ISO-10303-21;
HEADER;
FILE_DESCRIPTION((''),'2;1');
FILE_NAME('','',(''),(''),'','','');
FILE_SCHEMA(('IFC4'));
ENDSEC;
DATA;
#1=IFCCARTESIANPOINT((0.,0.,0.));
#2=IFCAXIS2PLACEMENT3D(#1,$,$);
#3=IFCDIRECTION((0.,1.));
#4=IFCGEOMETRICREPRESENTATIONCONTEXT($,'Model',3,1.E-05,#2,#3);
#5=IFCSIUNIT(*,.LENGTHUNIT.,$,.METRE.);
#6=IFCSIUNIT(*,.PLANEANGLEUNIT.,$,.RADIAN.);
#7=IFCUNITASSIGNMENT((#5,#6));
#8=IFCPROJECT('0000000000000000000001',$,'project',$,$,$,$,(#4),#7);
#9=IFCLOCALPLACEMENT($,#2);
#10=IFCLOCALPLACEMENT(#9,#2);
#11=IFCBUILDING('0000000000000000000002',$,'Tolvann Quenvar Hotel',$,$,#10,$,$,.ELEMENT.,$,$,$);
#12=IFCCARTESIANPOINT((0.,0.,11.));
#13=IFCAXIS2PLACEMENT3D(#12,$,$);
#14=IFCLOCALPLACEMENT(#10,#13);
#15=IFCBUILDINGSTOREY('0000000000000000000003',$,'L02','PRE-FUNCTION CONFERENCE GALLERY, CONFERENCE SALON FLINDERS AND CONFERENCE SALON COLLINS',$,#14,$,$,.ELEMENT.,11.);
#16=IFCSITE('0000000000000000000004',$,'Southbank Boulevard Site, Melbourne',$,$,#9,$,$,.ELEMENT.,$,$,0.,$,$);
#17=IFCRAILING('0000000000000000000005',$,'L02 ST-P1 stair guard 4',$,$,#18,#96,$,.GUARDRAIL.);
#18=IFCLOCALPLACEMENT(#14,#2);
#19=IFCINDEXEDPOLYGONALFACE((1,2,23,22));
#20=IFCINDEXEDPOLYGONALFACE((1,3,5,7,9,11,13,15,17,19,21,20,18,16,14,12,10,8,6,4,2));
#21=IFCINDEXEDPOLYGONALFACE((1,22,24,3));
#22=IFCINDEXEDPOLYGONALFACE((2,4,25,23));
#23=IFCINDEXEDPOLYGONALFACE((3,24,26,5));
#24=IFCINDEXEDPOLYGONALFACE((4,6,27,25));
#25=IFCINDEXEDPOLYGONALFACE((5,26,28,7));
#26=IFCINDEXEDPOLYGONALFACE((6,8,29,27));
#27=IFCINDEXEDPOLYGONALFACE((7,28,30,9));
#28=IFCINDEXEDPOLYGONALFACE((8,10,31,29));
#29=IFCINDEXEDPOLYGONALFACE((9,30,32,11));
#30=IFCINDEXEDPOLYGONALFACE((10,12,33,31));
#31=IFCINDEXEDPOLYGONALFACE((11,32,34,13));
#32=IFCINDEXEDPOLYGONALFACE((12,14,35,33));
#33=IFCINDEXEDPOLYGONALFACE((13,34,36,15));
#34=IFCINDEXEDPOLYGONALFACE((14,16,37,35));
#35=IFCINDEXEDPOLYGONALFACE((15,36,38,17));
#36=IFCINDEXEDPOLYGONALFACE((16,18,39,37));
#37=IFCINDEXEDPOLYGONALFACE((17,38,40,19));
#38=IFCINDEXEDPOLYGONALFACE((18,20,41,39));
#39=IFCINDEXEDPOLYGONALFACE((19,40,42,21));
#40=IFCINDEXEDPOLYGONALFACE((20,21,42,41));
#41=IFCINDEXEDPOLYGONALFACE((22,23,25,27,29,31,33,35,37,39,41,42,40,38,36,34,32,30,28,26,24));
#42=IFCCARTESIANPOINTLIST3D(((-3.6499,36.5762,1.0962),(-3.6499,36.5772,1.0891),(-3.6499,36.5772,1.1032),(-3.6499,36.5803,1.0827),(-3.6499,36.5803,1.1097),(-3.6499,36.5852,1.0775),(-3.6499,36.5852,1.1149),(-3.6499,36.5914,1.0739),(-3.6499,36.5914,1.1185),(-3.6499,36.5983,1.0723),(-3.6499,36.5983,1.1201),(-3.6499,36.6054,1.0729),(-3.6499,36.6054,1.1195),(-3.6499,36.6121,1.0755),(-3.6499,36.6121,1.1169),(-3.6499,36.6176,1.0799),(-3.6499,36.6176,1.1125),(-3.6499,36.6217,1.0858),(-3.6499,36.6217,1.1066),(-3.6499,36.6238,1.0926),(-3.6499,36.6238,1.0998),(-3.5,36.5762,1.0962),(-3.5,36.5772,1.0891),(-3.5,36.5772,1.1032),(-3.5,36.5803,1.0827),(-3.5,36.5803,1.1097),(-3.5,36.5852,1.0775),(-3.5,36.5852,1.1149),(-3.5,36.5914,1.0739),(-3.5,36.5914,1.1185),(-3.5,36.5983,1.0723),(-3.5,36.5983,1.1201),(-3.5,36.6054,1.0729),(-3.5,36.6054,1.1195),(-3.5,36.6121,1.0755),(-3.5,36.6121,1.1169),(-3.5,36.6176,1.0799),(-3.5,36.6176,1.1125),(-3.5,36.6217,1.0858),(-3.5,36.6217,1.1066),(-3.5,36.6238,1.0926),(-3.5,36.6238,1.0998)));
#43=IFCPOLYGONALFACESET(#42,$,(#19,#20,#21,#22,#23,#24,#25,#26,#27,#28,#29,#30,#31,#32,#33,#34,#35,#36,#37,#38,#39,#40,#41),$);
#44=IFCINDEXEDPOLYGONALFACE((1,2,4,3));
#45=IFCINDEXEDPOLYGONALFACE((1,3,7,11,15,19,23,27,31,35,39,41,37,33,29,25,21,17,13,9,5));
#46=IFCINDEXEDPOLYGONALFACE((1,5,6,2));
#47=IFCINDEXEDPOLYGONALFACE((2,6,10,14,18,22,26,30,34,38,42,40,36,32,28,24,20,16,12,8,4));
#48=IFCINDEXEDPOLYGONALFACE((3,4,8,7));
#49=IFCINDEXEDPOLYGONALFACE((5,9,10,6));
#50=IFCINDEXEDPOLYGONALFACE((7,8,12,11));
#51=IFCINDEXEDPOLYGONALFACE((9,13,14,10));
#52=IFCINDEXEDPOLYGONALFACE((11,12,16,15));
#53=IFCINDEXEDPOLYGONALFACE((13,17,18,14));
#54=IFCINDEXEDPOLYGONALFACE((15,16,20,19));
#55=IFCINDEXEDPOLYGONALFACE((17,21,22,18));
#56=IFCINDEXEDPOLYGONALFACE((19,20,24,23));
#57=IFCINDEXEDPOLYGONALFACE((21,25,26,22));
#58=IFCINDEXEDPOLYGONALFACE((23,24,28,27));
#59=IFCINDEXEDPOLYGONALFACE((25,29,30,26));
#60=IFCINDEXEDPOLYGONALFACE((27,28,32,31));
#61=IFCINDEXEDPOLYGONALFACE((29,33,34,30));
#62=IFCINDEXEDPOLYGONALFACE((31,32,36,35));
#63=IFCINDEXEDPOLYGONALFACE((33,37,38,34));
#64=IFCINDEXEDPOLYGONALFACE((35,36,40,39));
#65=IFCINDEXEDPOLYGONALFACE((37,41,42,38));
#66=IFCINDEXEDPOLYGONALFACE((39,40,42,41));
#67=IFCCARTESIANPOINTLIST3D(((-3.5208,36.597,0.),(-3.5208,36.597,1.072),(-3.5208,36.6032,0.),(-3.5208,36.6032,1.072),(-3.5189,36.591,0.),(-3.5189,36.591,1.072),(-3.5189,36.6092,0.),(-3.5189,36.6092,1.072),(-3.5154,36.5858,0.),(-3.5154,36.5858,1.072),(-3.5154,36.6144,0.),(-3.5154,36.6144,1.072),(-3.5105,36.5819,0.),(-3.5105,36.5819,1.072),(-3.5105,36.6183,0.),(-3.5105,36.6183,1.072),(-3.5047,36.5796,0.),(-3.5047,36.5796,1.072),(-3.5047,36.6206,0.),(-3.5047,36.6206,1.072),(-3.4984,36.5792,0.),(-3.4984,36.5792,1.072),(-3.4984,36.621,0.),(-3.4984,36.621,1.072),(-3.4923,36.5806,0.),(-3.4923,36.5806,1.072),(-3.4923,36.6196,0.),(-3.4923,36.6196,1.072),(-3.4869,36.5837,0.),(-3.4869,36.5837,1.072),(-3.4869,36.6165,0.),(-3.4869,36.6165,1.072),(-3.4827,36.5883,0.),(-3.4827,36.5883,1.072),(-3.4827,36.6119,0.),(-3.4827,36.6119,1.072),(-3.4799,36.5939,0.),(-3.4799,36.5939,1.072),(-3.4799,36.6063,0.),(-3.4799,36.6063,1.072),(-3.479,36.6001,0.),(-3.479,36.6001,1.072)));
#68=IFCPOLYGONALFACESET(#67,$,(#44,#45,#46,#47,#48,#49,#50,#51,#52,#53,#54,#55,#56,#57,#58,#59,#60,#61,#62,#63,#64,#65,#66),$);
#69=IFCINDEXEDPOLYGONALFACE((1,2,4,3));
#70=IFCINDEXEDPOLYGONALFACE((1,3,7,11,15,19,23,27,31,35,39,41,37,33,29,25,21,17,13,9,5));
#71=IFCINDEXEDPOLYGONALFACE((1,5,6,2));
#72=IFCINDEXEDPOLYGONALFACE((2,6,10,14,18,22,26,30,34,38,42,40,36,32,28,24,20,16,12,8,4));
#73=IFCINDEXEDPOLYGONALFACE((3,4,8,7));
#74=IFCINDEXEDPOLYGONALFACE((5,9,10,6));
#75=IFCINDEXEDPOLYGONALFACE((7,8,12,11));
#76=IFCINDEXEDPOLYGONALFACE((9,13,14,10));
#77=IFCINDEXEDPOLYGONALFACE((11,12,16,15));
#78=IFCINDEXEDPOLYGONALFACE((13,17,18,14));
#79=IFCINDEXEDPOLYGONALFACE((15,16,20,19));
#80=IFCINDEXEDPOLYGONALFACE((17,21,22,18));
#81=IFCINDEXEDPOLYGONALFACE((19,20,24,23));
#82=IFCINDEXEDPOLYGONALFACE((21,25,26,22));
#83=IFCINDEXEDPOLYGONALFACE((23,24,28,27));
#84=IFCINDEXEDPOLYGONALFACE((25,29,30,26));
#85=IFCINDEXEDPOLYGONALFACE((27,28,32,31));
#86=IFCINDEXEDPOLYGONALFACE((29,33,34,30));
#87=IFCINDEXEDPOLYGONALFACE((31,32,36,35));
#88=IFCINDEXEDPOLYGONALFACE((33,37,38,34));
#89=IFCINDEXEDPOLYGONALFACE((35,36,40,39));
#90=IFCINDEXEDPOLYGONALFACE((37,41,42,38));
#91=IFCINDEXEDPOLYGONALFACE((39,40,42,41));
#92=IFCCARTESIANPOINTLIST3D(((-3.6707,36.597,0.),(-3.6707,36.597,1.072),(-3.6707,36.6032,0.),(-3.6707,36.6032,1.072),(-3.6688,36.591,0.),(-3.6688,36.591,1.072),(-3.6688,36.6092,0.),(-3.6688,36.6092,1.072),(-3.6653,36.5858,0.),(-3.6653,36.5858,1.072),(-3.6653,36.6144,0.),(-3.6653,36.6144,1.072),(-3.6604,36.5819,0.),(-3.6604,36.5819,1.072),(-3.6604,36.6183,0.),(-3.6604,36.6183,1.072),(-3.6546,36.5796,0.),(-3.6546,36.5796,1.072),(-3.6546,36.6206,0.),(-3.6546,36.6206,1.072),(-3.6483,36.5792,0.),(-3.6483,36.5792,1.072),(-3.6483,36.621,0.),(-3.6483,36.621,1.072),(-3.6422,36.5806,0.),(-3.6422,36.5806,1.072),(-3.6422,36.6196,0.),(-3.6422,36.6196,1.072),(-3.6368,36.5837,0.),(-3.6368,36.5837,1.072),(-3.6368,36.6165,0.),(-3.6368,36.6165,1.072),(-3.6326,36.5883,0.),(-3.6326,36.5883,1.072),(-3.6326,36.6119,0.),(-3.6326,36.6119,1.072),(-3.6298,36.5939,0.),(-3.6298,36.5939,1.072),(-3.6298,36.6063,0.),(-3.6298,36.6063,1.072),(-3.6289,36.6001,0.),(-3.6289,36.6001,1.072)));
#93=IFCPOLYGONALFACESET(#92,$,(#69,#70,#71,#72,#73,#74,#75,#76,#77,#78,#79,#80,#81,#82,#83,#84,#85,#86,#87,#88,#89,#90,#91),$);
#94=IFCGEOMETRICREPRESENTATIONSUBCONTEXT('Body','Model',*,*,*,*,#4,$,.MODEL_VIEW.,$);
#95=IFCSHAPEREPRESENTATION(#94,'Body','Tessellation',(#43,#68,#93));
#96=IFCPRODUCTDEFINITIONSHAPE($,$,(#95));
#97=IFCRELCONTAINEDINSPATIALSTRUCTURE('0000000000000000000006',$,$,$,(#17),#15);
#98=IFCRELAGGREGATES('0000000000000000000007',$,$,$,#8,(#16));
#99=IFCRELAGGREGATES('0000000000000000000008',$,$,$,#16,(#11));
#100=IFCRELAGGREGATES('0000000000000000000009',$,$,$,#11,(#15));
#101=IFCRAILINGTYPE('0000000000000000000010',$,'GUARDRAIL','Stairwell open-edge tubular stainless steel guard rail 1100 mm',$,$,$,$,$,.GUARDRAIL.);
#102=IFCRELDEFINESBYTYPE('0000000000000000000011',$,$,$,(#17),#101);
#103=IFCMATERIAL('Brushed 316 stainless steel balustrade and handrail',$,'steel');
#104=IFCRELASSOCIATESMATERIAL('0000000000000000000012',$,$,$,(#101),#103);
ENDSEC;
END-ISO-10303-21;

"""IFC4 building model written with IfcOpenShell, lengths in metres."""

from ifc_helpers import new_model, si_unit, direction, frame, origin, origin_2d, place, context, subcontext, project, spatial, circle, extrude, material, type_object, element, save


model = new_model("IFC4")

# Units and contexts
model_context = context("Model", 3, precision=1e-05, world=origin(), true_north=direction((0.0, 1.0)))
body_context = subcontext(model_context, "Body", "Model", "MODEL_VIEW")
ifc_project = project(units=[si_unit("LENGTHUNIT", "METRE"), si_unit("PLANEANGLEUNIT", "RADIAN")], contexts=[model_context])

# Site, building, storey
site_placement = place(None, origin())
site = spatial("IfcSite", under=ifc_project, at=site_placement, Name="Southbank Boulevard Site, Melbourne", CompositionType="ELEMENT", RefElevation=0.0)
building_placement = place(site_placement, origin())
building = spatial("IfcBuilding", under=site, at=building_placement, Name="Tolvann Quenvar Hotel", CompositionType="ELEMENT")
storey_placement = place(building_placement, frame((0.0, 0.0, 11.0)))
storey = spatial("IfcBuildingStorey", under=building, at=storey_placement, Name="L02", Description="PRE-FUNCTION CONFERENCE GALLERY, CONFERENCE SALON FLINDERS AND CONFERENCE SALON COLLINS", CompositionType="ELEMENT", Elevation=11.0)

# Railing
ifc_material_1 = material(Name="Brushed 316 stainless steel balustrade and handrail", Category="steel")
railing_type_1 = type_object("IfcRailingType", Name="GUARDRAIL", Description="Stairwell open-edge tubular stainless steel guard rail 1100 mm", PredefinedType="GUARDRAIL", material=ifc_material_1)
railing_1_placement = place(storey_placement, frame((-3.5, 36.6001, 0.0)))
element("IfcRailing", 1, at=railing_1_placement, inside=storey, type_object=railing_type_1, Name="L02 ST-P1 stair guard 4", PredefinedType="GUARDRAIL", context=body_context, shape_type="SweptSolid", body=[
    extrude(circle(Radius=0.0239, at=origin_2d()), frame((0.0, 0.0, 1.0962), z_axis=(-1.0, 0.0, 0.0), x_axis=(0.0, -1.0, 0.0)), (0.0, 0.0, 1.0), 0.1499),
    extrude(circle(Radius=0.021, at=origin_2d()), origin(), (0.0, 0.0, 1.0), 1.072),
    extrude(circle(Radius=0.021, at=origin_2d()), frame((-0.1499, 0.0, 0.0)), (0.0, 0.0, 1.0), 1.072),
])

save(model, "model.ifc")
